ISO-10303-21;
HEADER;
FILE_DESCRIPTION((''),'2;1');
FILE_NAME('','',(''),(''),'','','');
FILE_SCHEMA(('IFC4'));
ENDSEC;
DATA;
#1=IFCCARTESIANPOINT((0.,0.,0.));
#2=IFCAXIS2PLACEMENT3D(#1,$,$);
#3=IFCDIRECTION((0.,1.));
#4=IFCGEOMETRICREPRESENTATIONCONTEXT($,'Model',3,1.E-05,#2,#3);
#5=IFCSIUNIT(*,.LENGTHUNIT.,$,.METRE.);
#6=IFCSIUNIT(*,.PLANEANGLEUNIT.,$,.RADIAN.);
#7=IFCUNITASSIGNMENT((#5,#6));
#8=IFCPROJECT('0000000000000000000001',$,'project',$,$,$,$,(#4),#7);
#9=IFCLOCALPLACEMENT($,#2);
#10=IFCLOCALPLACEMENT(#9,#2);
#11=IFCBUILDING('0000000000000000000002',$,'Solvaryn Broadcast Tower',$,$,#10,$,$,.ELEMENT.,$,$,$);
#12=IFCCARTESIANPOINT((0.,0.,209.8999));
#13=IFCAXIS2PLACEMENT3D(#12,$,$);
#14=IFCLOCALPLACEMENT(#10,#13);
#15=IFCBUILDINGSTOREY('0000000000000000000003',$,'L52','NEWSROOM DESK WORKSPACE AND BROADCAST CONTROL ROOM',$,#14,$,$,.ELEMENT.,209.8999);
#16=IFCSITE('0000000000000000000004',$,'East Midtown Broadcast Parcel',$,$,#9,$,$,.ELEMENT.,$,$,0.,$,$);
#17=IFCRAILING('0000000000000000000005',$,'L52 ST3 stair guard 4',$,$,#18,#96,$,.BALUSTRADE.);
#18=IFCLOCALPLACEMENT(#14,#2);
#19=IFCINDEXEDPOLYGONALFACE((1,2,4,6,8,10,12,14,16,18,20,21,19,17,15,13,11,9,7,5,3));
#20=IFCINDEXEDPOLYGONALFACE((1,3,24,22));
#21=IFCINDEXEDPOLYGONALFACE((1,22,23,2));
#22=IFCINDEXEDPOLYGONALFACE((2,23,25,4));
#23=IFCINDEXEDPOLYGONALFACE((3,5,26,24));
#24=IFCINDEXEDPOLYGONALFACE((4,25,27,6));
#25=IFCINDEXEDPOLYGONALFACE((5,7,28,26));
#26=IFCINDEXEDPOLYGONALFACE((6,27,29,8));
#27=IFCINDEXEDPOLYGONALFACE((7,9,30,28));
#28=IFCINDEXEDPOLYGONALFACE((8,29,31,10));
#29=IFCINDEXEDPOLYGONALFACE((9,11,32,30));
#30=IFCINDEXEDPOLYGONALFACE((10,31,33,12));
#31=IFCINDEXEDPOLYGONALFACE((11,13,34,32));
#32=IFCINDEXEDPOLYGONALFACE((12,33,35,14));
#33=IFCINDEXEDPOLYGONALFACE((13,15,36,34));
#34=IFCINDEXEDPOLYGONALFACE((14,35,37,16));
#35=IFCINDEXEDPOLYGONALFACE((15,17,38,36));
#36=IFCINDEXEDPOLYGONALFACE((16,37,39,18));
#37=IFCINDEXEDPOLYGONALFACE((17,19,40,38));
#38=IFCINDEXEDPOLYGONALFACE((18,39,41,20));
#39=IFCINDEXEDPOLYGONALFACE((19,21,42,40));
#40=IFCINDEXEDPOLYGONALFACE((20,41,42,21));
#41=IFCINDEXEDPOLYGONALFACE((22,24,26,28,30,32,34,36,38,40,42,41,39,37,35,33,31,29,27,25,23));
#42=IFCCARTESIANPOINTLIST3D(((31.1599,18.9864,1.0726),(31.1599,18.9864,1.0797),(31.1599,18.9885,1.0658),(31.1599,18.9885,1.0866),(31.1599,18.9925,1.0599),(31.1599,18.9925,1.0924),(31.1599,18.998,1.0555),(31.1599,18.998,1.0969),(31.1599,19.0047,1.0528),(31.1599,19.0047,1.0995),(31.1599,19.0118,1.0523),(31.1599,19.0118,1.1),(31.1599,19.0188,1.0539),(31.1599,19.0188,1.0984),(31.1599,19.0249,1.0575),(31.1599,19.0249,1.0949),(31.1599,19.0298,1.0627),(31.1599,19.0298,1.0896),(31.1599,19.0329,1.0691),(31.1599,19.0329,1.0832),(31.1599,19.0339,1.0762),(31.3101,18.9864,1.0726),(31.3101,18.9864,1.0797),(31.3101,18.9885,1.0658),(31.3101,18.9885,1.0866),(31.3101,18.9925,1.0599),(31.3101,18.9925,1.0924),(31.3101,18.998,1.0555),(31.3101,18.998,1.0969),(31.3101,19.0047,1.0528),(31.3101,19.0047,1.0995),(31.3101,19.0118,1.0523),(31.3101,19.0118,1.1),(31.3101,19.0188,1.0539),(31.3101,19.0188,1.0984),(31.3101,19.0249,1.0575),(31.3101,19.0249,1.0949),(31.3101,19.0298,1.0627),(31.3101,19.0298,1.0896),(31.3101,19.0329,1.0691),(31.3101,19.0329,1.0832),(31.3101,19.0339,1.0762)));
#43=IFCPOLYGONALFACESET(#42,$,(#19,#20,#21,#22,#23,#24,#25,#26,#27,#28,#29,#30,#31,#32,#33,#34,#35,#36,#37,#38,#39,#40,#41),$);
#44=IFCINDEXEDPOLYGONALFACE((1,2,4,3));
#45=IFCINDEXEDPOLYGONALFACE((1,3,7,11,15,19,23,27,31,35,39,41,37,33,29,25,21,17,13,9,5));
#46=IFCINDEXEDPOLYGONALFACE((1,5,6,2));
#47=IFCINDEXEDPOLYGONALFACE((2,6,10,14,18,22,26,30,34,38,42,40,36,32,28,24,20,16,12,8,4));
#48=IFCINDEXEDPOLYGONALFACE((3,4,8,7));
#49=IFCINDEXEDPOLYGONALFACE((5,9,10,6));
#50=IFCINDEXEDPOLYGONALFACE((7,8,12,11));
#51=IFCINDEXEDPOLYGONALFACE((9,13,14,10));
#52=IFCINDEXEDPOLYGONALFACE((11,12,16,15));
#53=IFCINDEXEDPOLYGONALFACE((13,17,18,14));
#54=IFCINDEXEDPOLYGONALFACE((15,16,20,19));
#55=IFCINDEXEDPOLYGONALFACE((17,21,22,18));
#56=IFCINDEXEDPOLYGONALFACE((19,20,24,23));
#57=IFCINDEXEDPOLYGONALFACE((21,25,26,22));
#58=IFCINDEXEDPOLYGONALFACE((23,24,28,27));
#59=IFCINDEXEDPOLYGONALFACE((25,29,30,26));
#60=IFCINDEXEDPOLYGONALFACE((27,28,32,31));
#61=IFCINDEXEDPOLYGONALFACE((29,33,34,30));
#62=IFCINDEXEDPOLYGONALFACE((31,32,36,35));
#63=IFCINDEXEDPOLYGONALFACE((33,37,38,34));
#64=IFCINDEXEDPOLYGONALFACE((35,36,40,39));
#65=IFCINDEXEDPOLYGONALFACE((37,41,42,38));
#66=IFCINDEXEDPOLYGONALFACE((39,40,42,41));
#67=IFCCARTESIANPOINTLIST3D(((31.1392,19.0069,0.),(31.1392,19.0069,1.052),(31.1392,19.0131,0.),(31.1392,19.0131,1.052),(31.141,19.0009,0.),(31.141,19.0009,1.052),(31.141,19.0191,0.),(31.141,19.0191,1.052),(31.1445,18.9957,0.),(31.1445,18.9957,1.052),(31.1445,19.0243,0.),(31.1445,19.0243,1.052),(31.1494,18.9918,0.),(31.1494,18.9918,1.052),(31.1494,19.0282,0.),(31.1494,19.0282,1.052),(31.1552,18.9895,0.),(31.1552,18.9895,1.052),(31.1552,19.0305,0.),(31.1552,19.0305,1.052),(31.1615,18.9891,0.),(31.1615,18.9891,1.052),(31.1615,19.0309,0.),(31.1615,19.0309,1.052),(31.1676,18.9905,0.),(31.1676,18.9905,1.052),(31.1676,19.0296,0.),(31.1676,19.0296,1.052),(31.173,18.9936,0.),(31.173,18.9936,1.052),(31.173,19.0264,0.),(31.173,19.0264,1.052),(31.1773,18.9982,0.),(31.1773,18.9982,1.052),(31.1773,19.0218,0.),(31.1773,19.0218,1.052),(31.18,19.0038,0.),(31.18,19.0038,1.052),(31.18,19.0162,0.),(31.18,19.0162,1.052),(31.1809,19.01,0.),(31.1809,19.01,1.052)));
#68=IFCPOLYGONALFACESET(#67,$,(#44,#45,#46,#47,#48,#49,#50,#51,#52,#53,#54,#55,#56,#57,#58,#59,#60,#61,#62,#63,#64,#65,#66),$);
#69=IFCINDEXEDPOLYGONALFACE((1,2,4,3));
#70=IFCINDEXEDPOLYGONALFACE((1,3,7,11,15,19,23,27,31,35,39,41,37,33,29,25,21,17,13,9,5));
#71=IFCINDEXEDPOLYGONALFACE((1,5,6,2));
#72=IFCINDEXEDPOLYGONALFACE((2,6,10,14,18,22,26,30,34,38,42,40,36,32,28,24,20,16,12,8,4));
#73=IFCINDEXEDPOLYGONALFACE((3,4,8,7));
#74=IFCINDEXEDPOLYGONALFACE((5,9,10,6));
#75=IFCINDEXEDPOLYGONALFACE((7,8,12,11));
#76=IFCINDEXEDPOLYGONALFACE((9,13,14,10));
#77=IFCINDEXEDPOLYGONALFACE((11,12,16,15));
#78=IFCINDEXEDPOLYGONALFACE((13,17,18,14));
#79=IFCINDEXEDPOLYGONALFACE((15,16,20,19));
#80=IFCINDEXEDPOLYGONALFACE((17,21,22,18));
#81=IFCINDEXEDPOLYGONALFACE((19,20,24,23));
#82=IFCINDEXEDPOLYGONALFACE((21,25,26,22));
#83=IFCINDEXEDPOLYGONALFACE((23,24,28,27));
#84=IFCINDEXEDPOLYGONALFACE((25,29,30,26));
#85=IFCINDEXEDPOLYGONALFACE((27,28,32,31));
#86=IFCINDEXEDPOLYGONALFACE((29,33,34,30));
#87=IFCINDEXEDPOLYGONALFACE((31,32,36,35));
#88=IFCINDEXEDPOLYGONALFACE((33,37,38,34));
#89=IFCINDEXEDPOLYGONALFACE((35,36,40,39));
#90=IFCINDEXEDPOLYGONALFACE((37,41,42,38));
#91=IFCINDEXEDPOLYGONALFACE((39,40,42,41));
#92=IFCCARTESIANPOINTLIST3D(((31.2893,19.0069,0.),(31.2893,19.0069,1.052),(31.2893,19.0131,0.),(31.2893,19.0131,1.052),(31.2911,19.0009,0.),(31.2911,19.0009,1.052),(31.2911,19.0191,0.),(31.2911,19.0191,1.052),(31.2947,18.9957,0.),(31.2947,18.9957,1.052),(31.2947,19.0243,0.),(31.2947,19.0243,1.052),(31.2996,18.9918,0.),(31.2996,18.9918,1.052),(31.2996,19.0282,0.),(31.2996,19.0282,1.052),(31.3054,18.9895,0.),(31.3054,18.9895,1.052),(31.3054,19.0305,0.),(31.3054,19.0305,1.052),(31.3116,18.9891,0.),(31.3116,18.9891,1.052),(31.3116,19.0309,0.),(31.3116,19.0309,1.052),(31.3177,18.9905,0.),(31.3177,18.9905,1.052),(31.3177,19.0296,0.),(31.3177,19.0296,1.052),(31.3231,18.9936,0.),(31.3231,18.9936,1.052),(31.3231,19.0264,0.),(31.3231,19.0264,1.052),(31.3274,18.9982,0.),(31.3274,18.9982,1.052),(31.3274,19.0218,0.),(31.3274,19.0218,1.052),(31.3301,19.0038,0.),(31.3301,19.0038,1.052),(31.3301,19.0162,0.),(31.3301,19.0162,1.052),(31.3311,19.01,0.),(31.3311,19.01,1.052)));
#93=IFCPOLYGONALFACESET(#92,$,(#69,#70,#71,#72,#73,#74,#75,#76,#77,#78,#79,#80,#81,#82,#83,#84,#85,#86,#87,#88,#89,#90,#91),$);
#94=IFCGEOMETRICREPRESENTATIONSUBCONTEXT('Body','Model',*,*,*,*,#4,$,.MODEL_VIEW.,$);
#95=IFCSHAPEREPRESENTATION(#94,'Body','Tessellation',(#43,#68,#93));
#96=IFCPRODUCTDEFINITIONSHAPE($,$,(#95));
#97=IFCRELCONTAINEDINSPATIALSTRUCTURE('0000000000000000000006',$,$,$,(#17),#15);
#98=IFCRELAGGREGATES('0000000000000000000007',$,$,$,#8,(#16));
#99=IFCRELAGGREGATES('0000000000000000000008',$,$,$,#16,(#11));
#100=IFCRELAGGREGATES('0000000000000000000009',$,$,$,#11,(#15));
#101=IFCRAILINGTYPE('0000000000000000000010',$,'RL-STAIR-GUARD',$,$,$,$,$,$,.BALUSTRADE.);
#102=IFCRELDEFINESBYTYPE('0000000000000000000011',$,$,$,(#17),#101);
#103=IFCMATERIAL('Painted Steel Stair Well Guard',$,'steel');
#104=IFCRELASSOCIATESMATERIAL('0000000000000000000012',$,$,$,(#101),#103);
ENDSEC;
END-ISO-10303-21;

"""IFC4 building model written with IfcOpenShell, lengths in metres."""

from ifc_helpers import new_model, si_unit, direction, frame, origin, origin_2d, place, context, subcontext, project, spatial, circle, extrude, material, type_object, element, save


model = new_model("IFC4")

# Units and contexts
model_context = context("Model", 3, precision=1e-05, world=origin(), true_north=direction((0.0, 1.0)))
body_context = subcontext(model_context, "Body", "Model", "MODEL_VIEW")
ifc_project = project(units=[si_unit("LENGTHUNIT", "METRE"), si_unit("PLANEANGLEUNIT", "RADIAN")], contexts=[model_context])

# Site, building, storey
site_placement = place(None, origin())
site = spatial("IfcSite", under=ifc_project, at=site_placement, Name="East Midtown Broadcast Parcel", CompositionType="ELEMENT", RefElevation=0.0)
building_placement = place(site_placement, origin())
building = spatial("IfcBuilding", under=site, at=building_placement, Name="Solvaryn Broadcast Tower", CompositionType="ELEMENT")
storey_placement = place(building_placement, frame((0.0, 0.0, 209.8999)))
storey = spatial("IfcBuildingStorey", under=building, at=storey_placement, Name="L52", Description="NEWSROOM DESK WORKSPACE AND BROADCAST CONTROL ROOM", CompositionType="ELEMENT", Elevation=209.8999)

# Railing
ifc_material_1 = material(Name="Painted Steel Stair Well Guard", Category="steel")
railing_type_1 = type_object("IfcRailingType", Name="RL-STAIR-GUARD", PredefinedType="BALUSTRADE", material=ifc_material_1)
railing_1_placement = place(storey_placement, frame((31.1599, 19.01, 0.0)))
element("IfcRailing", 1, at=railing_1_placement, inside=storey, type_object=railing_type_1, Name="L52 ST3 stair guard 4", PredefinedType="BALUSTRADE", context=body_context, shape_type="SweptSolid", body=[
    extrude(circle(Radius=0.0239, at=origin_2d()), frame((0.0, 0.0, 1.0762), z_axis=(1.0, 0.0, 0.0), x_axis=(0.0, 1.0, 0.0)), (0.0, 0.0, 1.0), 0.1501),
    extrude(circle(Radius=0.021, at=origin_2d()), origin(), (0.0, 0.0, 1.0), 1.052),
    extrude(circle(Radius=0.021, at=origin_2d()), frame((0.1501, 0.0, 0.0)), (0.0, 0.0, 1.0), 1.052),
])

save(model, "model.ifc")
